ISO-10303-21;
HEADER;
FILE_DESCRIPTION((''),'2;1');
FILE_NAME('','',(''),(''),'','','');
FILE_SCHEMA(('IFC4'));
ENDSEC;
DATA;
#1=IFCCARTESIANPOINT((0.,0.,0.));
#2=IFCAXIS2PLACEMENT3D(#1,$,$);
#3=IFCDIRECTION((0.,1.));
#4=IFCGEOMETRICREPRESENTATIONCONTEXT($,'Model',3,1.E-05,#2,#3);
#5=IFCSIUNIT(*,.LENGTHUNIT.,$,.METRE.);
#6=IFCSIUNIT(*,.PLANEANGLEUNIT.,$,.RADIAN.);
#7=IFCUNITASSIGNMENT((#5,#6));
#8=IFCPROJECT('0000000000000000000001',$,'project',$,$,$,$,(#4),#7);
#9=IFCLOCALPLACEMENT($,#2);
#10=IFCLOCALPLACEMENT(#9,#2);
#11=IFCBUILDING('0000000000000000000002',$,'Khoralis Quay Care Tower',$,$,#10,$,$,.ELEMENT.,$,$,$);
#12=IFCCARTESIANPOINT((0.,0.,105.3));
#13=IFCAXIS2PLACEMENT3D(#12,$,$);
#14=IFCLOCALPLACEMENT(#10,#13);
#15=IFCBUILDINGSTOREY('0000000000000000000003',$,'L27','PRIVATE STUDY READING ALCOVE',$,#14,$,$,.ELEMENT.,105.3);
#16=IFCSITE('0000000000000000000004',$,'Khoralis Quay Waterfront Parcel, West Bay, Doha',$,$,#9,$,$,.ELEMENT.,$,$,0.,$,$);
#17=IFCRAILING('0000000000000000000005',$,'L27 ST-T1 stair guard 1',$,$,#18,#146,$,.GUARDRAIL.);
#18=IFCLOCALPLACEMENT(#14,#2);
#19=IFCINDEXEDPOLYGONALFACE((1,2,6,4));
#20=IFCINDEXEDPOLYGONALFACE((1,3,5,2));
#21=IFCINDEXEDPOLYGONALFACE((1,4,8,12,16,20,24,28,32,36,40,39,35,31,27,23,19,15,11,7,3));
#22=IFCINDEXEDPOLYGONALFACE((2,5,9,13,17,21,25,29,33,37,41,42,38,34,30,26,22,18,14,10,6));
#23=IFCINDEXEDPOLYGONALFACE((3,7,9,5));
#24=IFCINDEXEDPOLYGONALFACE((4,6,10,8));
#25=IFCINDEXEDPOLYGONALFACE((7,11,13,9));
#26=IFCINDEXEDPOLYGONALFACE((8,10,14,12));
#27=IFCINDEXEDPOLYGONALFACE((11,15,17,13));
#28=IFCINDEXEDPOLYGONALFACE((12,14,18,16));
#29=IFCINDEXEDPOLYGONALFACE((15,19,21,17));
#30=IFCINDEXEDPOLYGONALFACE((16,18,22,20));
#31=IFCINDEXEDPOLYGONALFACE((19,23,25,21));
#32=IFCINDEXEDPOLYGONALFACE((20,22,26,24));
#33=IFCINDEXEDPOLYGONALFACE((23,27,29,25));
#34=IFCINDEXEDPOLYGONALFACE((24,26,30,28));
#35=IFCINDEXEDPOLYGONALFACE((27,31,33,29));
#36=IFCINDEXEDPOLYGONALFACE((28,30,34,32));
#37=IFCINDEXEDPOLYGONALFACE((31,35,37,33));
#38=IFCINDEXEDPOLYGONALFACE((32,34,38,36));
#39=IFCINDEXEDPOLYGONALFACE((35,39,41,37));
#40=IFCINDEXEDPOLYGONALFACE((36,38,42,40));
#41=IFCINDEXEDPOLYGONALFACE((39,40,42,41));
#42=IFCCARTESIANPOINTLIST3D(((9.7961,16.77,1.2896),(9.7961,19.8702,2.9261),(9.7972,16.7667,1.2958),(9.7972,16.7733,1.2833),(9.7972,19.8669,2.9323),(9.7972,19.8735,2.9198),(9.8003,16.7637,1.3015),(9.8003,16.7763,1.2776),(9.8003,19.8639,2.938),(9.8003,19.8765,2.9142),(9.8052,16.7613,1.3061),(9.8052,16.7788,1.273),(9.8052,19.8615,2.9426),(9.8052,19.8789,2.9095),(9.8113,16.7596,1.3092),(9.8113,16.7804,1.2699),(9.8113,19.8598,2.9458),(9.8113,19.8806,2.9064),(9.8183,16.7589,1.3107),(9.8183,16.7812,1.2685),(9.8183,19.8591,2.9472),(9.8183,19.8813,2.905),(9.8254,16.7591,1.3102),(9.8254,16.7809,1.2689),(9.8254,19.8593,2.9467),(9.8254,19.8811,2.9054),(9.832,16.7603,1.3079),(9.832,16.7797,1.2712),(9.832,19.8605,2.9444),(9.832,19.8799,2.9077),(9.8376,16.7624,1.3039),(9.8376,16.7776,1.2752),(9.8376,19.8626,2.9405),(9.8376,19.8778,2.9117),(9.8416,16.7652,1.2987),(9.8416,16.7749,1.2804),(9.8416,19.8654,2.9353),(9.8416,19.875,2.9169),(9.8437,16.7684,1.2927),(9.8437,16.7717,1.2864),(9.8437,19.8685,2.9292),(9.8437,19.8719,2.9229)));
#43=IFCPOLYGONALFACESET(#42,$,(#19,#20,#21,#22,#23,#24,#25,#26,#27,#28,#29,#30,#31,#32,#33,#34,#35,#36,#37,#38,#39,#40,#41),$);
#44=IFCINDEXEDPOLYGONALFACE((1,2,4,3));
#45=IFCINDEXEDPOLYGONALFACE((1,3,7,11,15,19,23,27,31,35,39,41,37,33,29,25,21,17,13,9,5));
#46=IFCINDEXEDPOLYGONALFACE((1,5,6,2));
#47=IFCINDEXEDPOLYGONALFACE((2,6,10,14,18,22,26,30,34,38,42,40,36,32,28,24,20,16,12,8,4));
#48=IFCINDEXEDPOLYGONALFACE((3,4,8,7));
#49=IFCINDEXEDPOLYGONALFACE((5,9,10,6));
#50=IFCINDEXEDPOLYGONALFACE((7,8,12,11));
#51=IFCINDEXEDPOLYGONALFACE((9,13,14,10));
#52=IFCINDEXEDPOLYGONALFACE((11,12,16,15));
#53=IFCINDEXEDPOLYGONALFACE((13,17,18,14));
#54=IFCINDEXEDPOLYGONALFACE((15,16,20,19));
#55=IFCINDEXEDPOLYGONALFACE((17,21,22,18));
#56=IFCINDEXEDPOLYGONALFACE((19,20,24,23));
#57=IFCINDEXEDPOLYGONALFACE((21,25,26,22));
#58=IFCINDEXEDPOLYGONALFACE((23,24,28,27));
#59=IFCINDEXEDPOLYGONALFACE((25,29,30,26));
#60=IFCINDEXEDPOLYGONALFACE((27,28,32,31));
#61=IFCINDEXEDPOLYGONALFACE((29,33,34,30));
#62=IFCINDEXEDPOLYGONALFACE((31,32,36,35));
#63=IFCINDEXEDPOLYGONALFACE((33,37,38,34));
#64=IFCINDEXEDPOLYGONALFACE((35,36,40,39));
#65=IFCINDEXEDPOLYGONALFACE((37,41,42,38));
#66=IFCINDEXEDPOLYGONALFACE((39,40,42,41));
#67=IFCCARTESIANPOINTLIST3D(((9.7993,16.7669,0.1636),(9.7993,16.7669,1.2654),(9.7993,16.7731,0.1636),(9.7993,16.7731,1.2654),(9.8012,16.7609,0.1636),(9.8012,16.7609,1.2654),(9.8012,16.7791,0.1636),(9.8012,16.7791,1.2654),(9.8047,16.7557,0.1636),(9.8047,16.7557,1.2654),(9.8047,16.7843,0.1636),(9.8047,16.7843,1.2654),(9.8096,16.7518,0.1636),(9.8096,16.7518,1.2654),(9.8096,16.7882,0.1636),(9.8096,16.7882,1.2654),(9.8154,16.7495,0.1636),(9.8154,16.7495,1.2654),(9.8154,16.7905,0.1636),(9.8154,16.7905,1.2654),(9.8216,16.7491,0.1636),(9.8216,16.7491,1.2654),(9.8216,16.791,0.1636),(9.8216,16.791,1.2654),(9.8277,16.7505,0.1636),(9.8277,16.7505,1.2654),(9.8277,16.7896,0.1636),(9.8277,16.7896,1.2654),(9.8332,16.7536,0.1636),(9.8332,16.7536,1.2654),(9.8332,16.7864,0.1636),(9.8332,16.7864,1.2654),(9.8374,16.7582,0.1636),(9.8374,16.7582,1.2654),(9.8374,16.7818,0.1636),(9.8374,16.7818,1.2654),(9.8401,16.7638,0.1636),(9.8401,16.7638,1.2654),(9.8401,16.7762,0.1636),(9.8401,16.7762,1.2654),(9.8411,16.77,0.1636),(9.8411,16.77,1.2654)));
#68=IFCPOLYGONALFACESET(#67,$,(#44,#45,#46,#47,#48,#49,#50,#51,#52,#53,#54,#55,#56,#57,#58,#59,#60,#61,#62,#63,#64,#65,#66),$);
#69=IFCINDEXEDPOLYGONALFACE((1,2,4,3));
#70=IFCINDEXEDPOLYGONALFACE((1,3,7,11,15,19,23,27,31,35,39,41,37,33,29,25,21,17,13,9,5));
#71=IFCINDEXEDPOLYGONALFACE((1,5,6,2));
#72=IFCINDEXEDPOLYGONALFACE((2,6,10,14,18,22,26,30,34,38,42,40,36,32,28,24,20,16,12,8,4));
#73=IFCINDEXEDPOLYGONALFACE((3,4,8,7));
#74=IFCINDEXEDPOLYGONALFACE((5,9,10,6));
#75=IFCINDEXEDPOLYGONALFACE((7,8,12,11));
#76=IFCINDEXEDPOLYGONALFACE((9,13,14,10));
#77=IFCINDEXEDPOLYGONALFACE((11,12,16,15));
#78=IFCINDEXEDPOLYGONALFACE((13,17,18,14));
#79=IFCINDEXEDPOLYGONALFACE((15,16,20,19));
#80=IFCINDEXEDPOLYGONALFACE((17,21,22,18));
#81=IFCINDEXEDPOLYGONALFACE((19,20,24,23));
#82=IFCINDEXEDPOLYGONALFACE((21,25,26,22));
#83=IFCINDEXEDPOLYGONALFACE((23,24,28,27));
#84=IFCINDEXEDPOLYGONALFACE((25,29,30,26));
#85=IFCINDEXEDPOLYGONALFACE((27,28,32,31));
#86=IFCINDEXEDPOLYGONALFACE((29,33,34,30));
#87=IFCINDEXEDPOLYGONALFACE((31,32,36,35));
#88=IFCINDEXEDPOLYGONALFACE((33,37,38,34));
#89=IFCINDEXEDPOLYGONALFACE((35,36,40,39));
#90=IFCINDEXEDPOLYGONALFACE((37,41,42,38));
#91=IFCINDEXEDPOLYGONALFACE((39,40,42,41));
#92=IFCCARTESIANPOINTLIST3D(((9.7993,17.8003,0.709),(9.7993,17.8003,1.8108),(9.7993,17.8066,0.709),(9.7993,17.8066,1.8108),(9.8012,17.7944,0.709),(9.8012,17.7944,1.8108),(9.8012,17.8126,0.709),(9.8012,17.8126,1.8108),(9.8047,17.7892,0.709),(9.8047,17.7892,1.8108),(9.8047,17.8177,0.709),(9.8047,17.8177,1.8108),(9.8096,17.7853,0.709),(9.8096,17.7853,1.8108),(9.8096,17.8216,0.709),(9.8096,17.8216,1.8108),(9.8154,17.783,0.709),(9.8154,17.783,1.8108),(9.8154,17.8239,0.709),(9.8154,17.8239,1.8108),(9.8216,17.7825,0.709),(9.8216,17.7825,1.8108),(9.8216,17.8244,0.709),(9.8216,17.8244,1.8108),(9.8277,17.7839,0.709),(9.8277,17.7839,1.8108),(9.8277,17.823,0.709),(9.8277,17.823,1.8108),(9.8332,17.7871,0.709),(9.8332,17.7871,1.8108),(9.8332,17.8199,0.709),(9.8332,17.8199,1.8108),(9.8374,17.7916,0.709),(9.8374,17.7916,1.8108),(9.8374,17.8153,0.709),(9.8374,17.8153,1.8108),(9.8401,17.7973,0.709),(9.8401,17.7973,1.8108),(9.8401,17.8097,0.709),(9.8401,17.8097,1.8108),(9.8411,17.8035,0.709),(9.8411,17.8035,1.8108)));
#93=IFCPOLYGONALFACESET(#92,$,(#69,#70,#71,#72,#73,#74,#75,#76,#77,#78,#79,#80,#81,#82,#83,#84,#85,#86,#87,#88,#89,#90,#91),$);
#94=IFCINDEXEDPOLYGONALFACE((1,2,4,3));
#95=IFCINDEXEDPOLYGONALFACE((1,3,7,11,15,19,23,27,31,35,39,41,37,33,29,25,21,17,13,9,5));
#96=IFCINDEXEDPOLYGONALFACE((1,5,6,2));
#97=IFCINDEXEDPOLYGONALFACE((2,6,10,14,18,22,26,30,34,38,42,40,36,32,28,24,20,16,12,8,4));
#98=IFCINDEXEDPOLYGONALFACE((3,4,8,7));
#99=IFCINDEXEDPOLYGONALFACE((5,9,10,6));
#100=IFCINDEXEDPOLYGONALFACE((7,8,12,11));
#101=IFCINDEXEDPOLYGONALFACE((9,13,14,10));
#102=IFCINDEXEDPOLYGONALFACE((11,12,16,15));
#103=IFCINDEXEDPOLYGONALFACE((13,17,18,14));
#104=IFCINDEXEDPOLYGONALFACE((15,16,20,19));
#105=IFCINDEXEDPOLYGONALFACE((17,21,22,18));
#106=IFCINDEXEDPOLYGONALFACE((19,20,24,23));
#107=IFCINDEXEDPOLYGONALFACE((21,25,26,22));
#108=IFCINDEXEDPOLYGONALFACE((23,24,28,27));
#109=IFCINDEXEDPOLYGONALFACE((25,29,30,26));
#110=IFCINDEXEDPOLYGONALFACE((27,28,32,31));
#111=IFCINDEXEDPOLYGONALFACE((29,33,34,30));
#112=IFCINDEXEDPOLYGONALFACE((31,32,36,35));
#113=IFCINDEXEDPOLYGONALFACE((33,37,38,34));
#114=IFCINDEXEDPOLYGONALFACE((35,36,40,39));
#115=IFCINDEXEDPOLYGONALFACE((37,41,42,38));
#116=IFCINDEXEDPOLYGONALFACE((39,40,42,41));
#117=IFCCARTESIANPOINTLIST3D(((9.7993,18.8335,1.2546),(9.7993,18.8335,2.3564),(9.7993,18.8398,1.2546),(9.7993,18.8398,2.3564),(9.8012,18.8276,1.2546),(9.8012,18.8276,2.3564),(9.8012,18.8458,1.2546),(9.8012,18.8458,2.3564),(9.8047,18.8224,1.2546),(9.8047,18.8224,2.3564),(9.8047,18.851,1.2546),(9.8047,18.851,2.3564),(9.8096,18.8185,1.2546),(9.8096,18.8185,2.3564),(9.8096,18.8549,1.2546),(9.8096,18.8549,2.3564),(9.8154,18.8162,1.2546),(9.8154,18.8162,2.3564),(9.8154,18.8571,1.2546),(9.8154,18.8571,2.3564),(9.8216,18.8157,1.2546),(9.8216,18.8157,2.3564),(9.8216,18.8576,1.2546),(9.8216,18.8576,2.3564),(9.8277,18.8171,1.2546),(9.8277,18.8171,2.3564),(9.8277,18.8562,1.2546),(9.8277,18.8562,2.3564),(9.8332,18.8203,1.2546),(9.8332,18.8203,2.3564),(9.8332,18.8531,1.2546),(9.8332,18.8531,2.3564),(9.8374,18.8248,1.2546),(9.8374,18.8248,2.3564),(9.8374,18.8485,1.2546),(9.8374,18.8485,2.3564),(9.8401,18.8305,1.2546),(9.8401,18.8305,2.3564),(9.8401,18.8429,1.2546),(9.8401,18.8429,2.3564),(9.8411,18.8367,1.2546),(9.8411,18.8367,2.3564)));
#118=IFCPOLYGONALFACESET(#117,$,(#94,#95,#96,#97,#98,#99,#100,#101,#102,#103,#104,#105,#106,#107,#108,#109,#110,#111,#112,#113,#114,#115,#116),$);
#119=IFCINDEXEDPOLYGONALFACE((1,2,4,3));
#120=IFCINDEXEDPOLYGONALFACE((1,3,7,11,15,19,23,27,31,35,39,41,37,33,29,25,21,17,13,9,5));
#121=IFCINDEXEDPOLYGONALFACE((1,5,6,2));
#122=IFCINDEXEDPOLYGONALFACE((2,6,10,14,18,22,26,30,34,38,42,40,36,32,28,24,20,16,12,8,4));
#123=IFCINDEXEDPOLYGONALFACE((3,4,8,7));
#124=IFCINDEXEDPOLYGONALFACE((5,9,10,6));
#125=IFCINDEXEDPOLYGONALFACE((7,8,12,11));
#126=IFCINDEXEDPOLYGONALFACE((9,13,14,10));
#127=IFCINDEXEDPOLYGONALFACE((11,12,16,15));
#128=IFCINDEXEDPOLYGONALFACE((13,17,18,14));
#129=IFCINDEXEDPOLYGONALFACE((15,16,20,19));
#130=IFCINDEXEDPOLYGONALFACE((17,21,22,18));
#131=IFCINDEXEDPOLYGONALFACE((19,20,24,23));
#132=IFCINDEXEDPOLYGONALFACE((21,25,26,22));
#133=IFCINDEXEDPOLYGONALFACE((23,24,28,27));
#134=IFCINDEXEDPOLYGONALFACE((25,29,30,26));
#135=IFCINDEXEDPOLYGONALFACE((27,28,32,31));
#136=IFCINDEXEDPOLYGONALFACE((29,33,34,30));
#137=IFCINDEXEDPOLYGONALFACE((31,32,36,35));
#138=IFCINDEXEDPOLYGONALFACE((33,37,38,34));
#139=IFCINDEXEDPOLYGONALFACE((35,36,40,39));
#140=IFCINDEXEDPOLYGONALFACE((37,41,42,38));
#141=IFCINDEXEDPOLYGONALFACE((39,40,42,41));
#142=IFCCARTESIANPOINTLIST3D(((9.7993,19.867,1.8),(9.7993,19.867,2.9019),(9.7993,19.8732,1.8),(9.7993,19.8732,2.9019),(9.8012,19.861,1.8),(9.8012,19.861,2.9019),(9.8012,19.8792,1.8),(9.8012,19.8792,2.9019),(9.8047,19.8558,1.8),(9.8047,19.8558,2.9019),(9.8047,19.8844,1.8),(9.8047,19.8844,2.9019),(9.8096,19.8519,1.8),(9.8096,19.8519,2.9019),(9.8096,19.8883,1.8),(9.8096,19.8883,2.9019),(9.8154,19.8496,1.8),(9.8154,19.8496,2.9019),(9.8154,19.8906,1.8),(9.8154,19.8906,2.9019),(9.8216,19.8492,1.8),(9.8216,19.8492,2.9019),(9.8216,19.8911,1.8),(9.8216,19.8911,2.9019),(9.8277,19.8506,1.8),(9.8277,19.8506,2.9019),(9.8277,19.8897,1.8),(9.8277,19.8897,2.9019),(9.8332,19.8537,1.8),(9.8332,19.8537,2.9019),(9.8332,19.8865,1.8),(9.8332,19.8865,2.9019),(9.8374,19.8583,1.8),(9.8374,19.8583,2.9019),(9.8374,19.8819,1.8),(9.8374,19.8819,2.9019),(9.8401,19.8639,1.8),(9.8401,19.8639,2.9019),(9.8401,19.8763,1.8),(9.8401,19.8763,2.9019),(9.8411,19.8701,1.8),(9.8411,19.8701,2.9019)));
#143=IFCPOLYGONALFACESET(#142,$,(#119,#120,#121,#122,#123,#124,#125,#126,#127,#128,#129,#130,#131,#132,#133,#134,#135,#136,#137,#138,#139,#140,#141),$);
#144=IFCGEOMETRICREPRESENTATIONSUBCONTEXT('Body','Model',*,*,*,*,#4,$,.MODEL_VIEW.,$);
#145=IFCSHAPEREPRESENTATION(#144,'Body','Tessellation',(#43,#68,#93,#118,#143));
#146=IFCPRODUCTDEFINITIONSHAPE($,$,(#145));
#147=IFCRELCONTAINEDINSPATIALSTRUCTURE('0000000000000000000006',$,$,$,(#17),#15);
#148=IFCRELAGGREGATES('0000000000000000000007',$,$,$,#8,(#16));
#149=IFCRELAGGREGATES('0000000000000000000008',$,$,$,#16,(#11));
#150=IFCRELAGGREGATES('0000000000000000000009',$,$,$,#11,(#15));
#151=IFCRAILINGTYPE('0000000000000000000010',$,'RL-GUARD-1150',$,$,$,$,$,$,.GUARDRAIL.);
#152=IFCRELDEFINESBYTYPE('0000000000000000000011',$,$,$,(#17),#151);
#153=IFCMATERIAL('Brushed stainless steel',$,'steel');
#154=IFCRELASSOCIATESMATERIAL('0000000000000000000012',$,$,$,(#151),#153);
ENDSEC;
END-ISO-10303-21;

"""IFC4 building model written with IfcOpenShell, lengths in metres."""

from ifc_helpers import new_model, si_unit, direction, frame, origin, origin_2d, place, context, subcontext, project, spatial, circle, extrude, material, type_object, element, save


model = new_model("IFC4")

# Units and contexts
model_context = context("Model", 3, precision=1e-05, world=origin(), true_north=direction((0.0, 1.0)))
body_context = subcontext(model_context, "Body", "Model", "MODEL_VIEW")
ifc_project = project(units=[si_unit("LENGTHUNIT", "METRE"), si_unit("PLANEANGLEUNIT", "RADIAN")], contexts=[model_context])

# Site, building, storey
site_placement = place(None, origin())
site = spatial("IfcSite", under=ifc_project, at=site_placement, Name="Khoralis Quay Waterfront Parcel, West Bay, Doha", CompositionType="ELEMENT", RefElevation=0.0)
building_placement = place(site_placement, origin())
building = spatial("IfcBuilding", under=site, at=building_placement, Name="Khoralis Quay Care Tower", CompositionType="ELEMENT")
storey_placement = place(building_placement, frame((0.0, 0.0, 105.3)))
storey = spatial("IfcBuildingStorey", under=building, at=storey_placement, Name="L27", Description="PRIVATE STUDY READING ALCOVE", CompositionType="ELEMENT", Elevation=105.3)

# Shared definitions
ifc_material_1 = material(Name="Brushed stainless steel", Category="steel")

# Railing
railing_type_1 = type_object("IfcRailingType", Name="RL-GUARD-1150", PredefinedType="GUARDRAIL", material=ifc_material_1)
railing_1_placement = place(storey_placement, frame((9.8201, 16.77, 0.1636)))
element("IfcRailing", 1, at=railing_1_placement, inside=storey, type_object=railing_type_1, Name="L27 ST-T1 stair guard 1", PredefinedType="GUARDRAIL", context=body_context, shape_type="SweptSolid", body=[
    extrude(circle(Radius=0.0239, at=origin_2d()), frame((0.0, 0.0, 1.126), z_axis=(0.0, 0.884348, 0.466828), x_axis=(-1.0, 0.0, 0.0)), (0.0, 0.0, 1.0), 3.5056),
    extrude(circle(Radius=0.021, at=origin_2d()), origin(), (0.0, 0.0, 1.0), 1.1018),
    extrude(circle(Radius=0.021, at=origin_2d()), frame((0.0, 1.0334, 0.5454)), (0.0, 0.0, 1.0), 1.1018),
    extrude(circle(Radius=0.021, at=origin_2d()), frame((0.0, 2.0667, 1.0911)), (0.0, 0.0, 1.0), 1.1018),
    extrude(circle(Radius=0.021, at=origin_2d()), frame((0.0, 3.1001, 1.6365)), (0.0, 0.0, 1.0), 1.1018),
])

save(model, "model.ifc")
